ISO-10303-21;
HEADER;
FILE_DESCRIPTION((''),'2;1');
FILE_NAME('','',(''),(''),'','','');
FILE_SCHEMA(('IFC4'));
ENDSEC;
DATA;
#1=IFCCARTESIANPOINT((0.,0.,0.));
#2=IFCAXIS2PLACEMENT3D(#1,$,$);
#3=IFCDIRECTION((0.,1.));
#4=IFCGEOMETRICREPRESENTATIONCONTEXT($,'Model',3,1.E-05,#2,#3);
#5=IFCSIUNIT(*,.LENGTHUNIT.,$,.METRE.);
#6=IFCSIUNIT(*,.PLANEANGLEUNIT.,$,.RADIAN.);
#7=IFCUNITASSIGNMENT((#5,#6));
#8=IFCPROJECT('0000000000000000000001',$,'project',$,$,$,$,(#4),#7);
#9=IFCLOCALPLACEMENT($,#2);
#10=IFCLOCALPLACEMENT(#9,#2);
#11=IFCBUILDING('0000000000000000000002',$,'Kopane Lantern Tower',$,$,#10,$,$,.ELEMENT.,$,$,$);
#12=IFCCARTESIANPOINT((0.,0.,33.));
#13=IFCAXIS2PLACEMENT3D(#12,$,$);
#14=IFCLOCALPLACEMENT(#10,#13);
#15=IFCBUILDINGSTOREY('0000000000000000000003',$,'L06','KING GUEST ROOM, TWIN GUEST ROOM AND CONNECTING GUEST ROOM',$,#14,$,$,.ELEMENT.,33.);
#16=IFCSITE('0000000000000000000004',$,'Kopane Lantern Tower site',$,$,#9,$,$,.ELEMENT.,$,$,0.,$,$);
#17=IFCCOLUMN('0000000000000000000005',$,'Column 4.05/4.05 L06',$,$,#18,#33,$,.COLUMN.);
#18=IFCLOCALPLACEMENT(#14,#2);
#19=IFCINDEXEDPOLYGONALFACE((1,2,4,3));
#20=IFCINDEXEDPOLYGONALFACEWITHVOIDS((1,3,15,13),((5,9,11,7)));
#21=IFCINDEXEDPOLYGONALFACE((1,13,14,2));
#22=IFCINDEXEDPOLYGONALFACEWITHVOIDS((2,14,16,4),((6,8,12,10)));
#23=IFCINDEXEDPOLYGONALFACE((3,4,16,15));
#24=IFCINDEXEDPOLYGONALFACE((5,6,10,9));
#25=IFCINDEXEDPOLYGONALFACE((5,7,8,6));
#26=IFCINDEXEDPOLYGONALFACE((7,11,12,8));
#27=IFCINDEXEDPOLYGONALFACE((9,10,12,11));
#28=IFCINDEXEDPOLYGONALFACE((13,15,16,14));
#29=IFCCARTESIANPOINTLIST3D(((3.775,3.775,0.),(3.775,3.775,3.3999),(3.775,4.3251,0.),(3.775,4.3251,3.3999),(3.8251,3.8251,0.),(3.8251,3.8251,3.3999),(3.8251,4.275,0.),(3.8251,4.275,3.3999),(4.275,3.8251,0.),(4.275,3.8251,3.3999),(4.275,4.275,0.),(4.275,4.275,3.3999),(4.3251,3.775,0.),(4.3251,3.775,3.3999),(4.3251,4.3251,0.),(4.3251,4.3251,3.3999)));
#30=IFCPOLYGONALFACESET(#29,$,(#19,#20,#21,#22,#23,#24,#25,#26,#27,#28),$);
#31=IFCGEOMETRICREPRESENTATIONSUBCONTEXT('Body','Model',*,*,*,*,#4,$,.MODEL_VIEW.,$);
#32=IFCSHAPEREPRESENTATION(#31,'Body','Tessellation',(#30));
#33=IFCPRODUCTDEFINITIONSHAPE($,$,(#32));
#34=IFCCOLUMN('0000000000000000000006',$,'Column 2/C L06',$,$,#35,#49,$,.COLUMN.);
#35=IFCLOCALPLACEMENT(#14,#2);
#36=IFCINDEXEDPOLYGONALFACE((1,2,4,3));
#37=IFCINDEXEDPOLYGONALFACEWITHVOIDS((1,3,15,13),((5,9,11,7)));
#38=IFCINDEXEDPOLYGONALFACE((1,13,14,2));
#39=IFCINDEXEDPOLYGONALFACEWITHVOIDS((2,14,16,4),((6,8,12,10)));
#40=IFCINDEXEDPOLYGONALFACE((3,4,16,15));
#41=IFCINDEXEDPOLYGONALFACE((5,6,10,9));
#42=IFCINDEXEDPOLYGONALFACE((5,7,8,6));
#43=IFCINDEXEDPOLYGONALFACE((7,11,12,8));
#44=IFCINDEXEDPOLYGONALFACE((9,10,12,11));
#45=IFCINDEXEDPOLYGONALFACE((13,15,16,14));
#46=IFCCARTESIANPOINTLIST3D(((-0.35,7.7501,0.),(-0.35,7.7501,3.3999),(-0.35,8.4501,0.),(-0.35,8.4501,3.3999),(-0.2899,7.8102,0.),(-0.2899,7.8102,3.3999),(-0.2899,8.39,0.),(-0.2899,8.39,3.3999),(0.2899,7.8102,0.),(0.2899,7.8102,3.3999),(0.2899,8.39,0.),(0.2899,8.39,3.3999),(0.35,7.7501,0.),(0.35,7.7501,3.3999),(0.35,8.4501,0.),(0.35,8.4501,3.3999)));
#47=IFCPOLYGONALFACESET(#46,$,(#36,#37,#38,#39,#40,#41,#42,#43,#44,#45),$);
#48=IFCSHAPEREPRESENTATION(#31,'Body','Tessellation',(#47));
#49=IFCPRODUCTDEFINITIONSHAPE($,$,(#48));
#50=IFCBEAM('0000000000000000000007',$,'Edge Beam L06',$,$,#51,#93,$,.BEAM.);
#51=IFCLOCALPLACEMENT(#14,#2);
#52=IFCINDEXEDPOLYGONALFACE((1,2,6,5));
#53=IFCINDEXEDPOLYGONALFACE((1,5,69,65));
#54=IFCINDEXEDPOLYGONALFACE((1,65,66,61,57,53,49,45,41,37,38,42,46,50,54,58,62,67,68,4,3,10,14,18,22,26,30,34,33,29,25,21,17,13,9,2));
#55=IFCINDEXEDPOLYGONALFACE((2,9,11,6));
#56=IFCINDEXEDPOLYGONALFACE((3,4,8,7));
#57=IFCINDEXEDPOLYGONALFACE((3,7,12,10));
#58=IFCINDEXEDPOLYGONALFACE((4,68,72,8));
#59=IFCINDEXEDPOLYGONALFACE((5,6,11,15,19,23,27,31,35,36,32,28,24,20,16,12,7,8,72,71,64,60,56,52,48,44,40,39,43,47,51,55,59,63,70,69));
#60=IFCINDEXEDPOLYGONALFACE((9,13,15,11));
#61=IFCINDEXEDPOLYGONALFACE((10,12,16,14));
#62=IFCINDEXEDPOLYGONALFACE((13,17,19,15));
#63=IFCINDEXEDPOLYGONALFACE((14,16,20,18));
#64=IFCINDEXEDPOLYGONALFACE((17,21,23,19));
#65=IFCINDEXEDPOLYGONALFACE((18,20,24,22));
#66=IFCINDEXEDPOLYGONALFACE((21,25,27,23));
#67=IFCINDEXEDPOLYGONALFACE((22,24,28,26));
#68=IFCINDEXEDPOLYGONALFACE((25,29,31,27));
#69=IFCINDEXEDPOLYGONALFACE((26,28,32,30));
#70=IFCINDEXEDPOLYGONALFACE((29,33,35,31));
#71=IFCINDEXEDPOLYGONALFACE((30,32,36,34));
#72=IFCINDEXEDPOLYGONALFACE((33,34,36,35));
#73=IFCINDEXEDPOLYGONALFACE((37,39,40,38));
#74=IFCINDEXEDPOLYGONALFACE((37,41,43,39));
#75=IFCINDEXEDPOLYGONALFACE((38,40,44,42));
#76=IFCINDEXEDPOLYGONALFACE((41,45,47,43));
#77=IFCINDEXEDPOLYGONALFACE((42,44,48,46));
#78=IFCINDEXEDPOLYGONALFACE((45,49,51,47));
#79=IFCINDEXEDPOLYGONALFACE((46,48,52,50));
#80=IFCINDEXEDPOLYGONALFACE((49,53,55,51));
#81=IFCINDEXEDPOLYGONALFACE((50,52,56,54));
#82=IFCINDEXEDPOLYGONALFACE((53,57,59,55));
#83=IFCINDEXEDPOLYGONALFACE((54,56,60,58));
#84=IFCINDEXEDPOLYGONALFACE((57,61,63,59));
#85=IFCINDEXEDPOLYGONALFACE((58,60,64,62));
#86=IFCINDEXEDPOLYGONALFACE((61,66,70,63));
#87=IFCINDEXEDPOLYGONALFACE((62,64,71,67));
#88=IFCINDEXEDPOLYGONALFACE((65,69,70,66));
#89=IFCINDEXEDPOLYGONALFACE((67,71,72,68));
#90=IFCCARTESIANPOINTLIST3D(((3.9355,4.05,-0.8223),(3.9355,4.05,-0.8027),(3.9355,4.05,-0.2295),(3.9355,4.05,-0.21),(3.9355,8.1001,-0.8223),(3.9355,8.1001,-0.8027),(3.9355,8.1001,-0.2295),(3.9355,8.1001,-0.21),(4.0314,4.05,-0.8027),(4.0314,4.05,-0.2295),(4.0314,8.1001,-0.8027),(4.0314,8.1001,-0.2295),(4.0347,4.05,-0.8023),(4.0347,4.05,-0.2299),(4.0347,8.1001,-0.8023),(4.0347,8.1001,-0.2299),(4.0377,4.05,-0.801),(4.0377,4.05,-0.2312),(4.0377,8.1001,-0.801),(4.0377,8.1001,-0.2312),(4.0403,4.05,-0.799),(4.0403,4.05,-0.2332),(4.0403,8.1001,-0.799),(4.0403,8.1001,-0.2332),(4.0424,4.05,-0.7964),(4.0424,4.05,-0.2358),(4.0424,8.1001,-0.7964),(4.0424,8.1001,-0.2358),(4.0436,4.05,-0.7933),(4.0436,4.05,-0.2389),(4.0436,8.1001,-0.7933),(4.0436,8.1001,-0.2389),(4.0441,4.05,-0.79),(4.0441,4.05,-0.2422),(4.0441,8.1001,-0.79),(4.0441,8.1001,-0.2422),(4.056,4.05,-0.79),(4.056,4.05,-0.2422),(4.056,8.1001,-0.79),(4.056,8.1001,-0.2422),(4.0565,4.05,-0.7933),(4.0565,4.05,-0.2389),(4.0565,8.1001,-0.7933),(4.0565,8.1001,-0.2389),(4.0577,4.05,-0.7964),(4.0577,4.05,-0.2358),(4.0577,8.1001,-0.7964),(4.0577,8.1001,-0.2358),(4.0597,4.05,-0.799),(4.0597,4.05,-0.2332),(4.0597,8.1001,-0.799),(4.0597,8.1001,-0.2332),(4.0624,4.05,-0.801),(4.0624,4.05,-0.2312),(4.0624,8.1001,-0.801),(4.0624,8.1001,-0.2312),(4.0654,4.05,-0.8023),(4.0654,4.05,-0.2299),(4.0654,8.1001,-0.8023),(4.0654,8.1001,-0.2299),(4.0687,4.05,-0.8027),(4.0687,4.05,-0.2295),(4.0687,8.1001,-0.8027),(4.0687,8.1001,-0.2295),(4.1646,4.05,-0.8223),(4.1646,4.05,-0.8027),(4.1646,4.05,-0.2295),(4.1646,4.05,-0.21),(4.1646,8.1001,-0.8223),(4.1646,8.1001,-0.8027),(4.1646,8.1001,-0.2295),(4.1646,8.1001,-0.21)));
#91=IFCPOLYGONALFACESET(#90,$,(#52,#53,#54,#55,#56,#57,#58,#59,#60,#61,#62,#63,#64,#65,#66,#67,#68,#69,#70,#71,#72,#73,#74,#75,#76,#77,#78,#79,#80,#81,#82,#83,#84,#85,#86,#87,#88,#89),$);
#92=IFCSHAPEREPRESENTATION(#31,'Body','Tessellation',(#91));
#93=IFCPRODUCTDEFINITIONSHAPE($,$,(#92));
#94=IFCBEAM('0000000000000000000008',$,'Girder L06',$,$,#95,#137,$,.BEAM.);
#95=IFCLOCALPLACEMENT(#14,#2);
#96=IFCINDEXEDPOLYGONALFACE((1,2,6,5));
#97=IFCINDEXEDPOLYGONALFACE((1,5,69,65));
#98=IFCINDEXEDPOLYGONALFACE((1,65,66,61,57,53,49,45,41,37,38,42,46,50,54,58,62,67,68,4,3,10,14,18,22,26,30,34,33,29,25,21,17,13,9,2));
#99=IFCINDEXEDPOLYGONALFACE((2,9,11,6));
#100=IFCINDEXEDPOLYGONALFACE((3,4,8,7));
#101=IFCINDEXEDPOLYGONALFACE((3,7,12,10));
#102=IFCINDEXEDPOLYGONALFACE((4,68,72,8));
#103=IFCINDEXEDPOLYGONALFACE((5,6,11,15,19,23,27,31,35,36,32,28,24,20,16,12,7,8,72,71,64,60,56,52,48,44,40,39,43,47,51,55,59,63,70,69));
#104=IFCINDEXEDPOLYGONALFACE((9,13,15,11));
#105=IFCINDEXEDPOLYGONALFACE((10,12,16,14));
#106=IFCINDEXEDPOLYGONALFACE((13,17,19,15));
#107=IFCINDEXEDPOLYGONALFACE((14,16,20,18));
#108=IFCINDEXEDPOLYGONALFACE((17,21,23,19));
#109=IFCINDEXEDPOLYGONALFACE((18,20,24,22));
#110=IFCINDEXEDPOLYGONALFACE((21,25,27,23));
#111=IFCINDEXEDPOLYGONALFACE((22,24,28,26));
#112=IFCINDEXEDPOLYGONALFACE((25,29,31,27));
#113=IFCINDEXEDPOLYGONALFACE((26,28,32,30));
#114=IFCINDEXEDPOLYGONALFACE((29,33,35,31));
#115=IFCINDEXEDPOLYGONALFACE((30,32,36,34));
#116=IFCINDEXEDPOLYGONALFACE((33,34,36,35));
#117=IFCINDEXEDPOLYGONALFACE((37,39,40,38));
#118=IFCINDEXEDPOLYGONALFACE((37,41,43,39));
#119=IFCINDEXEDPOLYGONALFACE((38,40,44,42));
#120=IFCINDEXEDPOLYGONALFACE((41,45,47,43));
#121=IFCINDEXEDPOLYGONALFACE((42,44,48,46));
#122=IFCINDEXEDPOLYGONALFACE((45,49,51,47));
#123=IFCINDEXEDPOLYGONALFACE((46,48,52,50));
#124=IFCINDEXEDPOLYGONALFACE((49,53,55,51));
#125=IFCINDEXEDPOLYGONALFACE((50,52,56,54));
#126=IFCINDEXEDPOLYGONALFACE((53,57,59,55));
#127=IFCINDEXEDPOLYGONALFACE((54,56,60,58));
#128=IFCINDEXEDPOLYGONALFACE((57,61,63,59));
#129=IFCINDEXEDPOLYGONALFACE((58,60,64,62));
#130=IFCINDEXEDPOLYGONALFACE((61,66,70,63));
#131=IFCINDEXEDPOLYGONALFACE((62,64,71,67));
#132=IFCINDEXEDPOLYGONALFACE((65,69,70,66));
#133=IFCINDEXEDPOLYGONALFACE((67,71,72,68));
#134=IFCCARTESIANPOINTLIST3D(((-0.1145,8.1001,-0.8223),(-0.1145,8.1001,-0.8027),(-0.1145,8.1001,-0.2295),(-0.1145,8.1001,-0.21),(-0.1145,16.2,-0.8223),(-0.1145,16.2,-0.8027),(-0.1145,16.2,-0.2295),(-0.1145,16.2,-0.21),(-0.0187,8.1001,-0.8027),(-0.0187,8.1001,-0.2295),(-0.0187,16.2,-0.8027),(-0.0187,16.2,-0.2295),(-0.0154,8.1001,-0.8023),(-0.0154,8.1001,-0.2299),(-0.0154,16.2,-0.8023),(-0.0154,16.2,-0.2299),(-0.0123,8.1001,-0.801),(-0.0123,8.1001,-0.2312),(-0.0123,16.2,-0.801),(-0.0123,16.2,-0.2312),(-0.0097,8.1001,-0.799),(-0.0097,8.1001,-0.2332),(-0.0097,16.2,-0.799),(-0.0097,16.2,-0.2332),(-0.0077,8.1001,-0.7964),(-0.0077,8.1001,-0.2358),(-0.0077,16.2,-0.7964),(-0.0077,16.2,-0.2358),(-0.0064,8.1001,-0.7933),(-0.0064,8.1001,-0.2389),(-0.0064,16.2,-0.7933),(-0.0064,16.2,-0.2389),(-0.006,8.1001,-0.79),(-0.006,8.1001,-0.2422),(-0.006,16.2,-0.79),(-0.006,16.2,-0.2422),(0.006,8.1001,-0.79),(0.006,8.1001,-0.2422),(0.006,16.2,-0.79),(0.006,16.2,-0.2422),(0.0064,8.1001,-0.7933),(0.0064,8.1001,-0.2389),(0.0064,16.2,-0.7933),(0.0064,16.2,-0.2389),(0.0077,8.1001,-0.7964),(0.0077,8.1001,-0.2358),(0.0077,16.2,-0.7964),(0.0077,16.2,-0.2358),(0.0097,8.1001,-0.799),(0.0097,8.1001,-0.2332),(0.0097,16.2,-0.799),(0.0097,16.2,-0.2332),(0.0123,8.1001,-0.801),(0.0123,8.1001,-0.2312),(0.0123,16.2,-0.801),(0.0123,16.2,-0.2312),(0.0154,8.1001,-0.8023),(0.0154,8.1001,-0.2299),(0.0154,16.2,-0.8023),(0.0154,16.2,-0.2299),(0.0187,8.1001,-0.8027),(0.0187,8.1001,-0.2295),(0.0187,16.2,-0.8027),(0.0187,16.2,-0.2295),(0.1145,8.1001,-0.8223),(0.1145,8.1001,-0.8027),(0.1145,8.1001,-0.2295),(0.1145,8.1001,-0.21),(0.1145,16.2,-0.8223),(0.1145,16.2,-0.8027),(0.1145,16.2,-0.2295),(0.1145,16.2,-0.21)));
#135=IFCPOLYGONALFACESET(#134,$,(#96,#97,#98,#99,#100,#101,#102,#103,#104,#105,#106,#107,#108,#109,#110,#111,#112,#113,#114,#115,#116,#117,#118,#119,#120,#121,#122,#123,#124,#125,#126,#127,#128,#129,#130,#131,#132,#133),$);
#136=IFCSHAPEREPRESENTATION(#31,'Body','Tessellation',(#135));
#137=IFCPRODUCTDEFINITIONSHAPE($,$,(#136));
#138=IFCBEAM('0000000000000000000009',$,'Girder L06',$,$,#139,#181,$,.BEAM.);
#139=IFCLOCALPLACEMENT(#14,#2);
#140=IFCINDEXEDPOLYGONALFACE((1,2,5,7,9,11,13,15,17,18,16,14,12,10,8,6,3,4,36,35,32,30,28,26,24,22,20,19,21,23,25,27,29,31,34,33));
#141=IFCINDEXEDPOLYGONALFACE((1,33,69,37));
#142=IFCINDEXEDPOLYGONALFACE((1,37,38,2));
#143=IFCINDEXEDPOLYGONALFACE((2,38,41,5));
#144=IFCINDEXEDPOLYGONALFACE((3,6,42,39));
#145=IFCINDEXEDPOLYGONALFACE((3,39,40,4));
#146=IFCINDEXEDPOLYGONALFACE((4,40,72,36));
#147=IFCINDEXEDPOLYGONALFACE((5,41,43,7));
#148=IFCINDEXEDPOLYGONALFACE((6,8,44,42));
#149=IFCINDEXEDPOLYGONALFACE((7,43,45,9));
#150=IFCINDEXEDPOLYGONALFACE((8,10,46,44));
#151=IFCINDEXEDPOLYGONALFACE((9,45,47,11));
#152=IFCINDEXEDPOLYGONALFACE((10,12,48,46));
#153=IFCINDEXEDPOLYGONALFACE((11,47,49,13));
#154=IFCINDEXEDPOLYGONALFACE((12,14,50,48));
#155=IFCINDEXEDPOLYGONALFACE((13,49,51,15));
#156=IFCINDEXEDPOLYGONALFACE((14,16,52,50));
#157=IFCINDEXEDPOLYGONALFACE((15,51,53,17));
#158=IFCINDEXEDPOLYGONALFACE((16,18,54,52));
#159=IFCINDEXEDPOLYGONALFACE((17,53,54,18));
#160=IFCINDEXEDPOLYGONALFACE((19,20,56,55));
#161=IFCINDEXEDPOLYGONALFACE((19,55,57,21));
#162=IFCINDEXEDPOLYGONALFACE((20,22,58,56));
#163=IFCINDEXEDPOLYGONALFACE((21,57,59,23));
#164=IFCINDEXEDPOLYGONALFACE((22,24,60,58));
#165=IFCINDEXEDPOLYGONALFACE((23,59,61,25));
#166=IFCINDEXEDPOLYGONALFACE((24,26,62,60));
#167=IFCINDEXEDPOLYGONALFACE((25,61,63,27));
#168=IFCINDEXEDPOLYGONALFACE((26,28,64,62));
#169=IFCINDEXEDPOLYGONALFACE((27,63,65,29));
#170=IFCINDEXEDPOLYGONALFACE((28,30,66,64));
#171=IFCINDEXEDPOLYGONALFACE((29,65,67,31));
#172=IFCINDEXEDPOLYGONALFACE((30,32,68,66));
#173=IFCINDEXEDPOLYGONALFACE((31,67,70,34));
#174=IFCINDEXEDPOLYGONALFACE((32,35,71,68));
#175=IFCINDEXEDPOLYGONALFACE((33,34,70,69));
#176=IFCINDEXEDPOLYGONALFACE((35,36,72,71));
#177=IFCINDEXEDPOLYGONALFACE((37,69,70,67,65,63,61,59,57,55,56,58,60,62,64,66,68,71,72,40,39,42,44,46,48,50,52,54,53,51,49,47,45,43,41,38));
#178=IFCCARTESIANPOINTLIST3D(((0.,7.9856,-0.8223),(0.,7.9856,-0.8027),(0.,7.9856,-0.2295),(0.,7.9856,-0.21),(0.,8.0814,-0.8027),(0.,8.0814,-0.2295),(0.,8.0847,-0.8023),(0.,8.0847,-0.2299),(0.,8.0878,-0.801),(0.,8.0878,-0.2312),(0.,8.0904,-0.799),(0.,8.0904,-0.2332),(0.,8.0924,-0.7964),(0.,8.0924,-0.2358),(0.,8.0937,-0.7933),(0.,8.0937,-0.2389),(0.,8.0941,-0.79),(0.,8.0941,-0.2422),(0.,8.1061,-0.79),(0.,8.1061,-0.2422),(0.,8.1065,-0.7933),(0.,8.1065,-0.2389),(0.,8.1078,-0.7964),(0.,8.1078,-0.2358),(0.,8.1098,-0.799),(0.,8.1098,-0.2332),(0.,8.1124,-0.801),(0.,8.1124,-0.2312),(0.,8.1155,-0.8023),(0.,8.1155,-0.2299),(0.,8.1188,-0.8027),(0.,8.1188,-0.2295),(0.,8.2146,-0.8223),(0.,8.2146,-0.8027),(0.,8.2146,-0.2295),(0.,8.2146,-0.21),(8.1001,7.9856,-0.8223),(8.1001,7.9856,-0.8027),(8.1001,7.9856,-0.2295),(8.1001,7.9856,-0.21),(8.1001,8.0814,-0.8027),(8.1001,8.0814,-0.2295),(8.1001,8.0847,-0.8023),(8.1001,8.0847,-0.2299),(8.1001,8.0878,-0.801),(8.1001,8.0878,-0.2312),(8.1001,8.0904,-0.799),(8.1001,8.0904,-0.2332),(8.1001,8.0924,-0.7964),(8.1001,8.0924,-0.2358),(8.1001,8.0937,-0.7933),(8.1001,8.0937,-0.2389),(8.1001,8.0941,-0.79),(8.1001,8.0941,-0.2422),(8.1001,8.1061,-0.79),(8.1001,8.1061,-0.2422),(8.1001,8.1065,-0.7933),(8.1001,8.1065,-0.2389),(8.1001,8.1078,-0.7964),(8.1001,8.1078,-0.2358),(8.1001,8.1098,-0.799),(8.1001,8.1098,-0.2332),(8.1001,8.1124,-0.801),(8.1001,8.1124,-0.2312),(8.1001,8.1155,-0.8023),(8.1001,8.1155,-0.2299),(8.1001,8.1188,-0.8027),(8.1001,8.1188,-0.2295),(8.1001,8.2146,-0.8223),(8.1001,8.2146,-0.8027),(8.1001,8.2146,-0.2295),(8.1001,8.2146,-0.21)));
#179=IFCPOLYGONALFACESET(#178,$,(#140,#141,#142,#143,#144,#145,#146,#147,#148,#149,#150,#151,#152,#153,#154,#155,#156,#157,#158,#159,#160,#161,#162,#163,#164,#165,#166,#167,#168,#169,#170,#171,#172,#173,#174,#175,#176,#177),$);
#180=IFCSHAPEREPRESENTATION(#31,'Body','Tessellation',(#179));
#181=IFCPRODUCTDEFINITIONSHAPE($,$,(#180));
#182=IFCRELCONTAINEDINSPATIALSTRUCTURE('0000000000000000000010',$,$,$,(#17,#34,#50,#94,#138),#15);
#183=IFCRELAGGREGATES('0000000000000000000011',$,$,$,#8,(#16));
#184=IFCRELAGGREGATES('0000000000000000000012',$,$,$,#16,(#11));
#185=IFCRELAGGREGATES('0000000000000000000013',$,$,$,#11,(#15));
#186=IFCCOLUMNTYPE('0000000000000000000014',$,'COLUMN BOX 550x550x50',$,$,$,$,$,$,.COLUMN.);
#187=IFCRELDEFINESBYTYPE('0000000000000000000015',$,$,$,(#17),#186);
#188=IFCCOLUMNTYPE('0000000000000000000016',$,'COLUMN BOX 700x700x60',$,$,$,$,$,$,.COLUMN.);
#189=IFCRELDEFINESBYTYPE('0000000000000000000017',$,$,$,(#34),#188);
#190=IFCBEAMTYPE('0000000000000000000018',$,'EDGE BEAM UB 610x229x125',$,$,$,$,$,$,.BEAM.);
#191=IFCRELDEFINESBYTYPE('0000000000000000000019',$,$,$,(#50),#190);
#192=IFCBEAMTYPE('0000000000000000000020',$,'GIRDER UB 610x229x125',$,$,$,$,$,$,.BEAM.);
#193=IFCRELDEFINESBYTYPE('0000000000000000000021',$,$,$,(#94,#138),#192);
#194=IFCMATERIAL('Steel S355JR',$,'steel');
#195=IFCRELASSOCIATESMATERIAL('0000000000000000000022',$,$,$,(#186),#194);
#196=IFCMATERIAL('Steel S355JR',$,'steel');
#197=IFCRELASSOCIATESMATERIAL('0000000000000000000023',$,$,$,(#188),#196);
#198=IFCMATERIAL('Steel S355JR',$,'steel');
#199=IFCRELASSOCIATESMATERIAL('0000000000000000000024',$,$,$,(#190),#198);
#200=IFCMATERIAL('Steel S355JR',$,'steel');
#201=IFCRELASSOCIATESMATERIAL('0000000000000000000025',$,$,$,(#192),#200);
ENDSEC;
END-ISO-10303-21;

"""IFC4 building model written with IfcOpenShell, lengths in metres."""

from ifc_helpers import new_model, si_unit, direction, frame, origin, origin_2d, place, context, subcontext, project, spatial, hollow_rectangle, i_section, extrude, material, material_profile, profile_set, type_object, element, save


model = new_model("IFC4")

# Units and contexts
model_context = context("Model", 3, precision=1e-05, world=origin(), true_north=direction((0.0, 1.0)))
body_context = subcontext(model_context, "Body", "Model", "MODEL_VIEW")
ifc_project = project(units=[si_unit("LENGTHUNIT", "METRE"), si_unit("PLANEANGLEUNIT", "RADIAN")], contexts=[model_context])

# Site, building, storey
site_placement = place(None, origin())
site = spatial("IfcSite", under=ifc_project, at=site_placement, Name="Kopane Lantern Tower site", CompositionType="ELEMENT", RefElevation=0.0)
building_placement = place(site_placement, origin())
building = spatial("IfcBuilding", under=site, at=building_placement, Name="Kopane Lantern Tower", CompositionType="ELEMENT")
storey_placement = place(building_placement, frame((0.0, 0.0, 33.0)))
storey = spatial("IfcBuildingStorey", under=building, at=storey_placement, Name="L06", Description="KING GUEST ROOM, TWIN GUEST ROOM AND CONNECTING GUEST ROOM", CompositionType="ELEMENT", Elevation=33.0)

# Columns
ifc_material_1 = material(Name="Steel S355JR", Category="steel")
ifc_material_profile_1 = material_profile(ifc_material_1, hollow_rectangle(XDim=0.55, YDim=0.55, WallThickness=0.05, at=origin_2d()), Name="BOX 550x550x50")
ifc_profile_set_1 = profile_set([ifc_material_profile_1], Name="Steel S355JR")
column_type_1 = type_object("IfcColumnType", Name="COLUMN BOX 550x550x50", PredefinedType="COLUMN", material=ifc_profile_set_1)
column_1_placement = place(storey_placement, frame((4.05, 4.05, 0.0), z_axis=(0.0, 0.0, 1.0), x_axis=(1.0, 0.0, 0.0)))
element("IfcColumn", 1, at=column_1_placement, inside=storey, type_object=column_type_1, Name="Column 4.05/4.05 L06", PredefinedType="COLUMN", context=body_context, shape_type="SweptSolid", body=[
    extrude(hollow_rectangle(XDim=0.55, YDim=0.55, WallThickness=0.05, at=origin_2d()), origin(), (0.0, 0.0, 1.0), 3.3999),
])
ifc_material_2 = material(Name="Steel S355JR", Category="steel")
ifc_material_profile_2 = material_profile(ifc_material_2, hollow_rectangle(XDim=0.7, YDim=0.7, WallThickness=0.0601, at=origin_2d()), Name="BOX 700x700x60")
ifc_profile_set_2 = profile_set([ifc_material_profile_2], Name="Steel S355JR")
column_type_2 = type_object("IfcColumnType", Name="COLUMN BOX 700x700x60", PredefinedType="COLUMN", material=ifc_profile_set_2)
column_2_placement = place(storey_placement, frame((0.0, 8.1001, 0.0), z_axis=(0.0, 0.0, 1.0), x_axis=(1.0, 0.0, 0.0)))
element("IfcColumn", 2, at=column_2_placement, inside=storey, type_object=column_type_2, Name="Column 2/C L06", PredefinedType="COLUMN", context=body_context, shape_type="SweptSolid", body=[
    extrude(hollow_rectangle(XDim=0.7, YDim=0.7, WallThickness=0.0601, at=origin_2d()), origin(), (0.0, 0.0, 1.0), 3.3999),
])

# Beams
ifc_material_3 = material(Name="Steel S355JR", Category="steel")
ifc_material_profile_3 = material_profile(ifc_material_3, i_section(OverallWidth=0.229, OverallDepth=0.6123, WebThickness=0.012, FlangeThickness=0.0195, FilletRadius=0.0127, at=origin_2d()), Name="UB 610x229x125")
ifc_profile_set_3 = profile_set([ifc_material_profile_3], Name="Steel S355JR")
beam_type_1 = type_object("IfcBeamType", Name="EDGE BEAM UB 610x229x125", PredefinedType="BEAM", material=ifc_profile_set_3)
beam_1_placement = place(storey_placement, frame((4.05, 4.05, -0.5161), z_axis=(0.0, 1.0, 0.0), x_axis=(-1.0, 0.0, 0.0)))
element("IfcBeam", 3, at=beam_1_placement, inside=storey, type_object=beam_type_1, Name="Edge Beam L06", PredefinedType="BEAM", context=body_context, shape_type="SweptSolid", body=[
    extrude(i_section(OverallWidth=0.229, OverallDepth=0.6123, WebThickness=0.012, FlangeThickness=0.0195, FilletRadius=0.0127, at=origin_2d()), origin(), (0.0, 0.0, 1.0), 4.05),
])
ifc_material_4 = material(Name="Steel S355JR", Category="steel")
ifc_material_profile_4 = material_profile(ifc_material_4, i_section(OverallWidth=0.229, OverallDepth=0.6123, WebThickness=0.012, FlangeThickness=0.0195, FilletRadius=0.0127, at=origin_2d()), Name="UB 610x229x125")
ifc_profile_set_4 = profile_set([ifc_material_profile_4], Name="Steel S355JR")
beam_type_2 = type_object("IfcBeamType", Name="GIRDER UB 610x229x125", PredefinedType="BEAM", material=ifc_profile_set_4)
beam_2_placement = place(storey_placement, frame((0.0, 8.1001, -0.5161), z_axis=(0.0, 1.0, 0.0), x_axis=(-1.0, 0.0, 0.0)))
element("IfcBeam", 4, at=beam_2_placement, inside=storey, type_object=beam_type_2, Name="Girder L06", PredefinedType="BEAM", context=body_context, shape_type="SweptSolid", body=[
    extrude(i_section(OverallWidth=0.229, OverallDepth=0.6123, WebThickness=0.012, FlangeThickness=0.0195, FilletRadius=0.0127, at=origin_2d()), origin(), (0.0, 0.0, 1.0), 8.0999),
])
beam_3_placement = place(storey_placement, frame((0.0, 8.1001, -0.5161), z_axis=(1.0, 0.0, 0.0), x_axis=(0.0, 1.0, 0.0)))
element("IfcBeam", 5, at=beam_3_placement, inside=storey, type_object=beam_type_2, Name="Girder L06", PredefinedType="BEAM", context=body_context, shape_type="SweptSolid", body=[
    extrude(i_section(OverallWidth=0.229, OverallDepth=0.6123, WebThickness=0.012, FlangeThickness=0.0195, FilletRadius=0.0127, at=origin_2d()), origin(), (0.0, 0.0, 1.0), 8.1001),
])

save(model, "model.ifc")
